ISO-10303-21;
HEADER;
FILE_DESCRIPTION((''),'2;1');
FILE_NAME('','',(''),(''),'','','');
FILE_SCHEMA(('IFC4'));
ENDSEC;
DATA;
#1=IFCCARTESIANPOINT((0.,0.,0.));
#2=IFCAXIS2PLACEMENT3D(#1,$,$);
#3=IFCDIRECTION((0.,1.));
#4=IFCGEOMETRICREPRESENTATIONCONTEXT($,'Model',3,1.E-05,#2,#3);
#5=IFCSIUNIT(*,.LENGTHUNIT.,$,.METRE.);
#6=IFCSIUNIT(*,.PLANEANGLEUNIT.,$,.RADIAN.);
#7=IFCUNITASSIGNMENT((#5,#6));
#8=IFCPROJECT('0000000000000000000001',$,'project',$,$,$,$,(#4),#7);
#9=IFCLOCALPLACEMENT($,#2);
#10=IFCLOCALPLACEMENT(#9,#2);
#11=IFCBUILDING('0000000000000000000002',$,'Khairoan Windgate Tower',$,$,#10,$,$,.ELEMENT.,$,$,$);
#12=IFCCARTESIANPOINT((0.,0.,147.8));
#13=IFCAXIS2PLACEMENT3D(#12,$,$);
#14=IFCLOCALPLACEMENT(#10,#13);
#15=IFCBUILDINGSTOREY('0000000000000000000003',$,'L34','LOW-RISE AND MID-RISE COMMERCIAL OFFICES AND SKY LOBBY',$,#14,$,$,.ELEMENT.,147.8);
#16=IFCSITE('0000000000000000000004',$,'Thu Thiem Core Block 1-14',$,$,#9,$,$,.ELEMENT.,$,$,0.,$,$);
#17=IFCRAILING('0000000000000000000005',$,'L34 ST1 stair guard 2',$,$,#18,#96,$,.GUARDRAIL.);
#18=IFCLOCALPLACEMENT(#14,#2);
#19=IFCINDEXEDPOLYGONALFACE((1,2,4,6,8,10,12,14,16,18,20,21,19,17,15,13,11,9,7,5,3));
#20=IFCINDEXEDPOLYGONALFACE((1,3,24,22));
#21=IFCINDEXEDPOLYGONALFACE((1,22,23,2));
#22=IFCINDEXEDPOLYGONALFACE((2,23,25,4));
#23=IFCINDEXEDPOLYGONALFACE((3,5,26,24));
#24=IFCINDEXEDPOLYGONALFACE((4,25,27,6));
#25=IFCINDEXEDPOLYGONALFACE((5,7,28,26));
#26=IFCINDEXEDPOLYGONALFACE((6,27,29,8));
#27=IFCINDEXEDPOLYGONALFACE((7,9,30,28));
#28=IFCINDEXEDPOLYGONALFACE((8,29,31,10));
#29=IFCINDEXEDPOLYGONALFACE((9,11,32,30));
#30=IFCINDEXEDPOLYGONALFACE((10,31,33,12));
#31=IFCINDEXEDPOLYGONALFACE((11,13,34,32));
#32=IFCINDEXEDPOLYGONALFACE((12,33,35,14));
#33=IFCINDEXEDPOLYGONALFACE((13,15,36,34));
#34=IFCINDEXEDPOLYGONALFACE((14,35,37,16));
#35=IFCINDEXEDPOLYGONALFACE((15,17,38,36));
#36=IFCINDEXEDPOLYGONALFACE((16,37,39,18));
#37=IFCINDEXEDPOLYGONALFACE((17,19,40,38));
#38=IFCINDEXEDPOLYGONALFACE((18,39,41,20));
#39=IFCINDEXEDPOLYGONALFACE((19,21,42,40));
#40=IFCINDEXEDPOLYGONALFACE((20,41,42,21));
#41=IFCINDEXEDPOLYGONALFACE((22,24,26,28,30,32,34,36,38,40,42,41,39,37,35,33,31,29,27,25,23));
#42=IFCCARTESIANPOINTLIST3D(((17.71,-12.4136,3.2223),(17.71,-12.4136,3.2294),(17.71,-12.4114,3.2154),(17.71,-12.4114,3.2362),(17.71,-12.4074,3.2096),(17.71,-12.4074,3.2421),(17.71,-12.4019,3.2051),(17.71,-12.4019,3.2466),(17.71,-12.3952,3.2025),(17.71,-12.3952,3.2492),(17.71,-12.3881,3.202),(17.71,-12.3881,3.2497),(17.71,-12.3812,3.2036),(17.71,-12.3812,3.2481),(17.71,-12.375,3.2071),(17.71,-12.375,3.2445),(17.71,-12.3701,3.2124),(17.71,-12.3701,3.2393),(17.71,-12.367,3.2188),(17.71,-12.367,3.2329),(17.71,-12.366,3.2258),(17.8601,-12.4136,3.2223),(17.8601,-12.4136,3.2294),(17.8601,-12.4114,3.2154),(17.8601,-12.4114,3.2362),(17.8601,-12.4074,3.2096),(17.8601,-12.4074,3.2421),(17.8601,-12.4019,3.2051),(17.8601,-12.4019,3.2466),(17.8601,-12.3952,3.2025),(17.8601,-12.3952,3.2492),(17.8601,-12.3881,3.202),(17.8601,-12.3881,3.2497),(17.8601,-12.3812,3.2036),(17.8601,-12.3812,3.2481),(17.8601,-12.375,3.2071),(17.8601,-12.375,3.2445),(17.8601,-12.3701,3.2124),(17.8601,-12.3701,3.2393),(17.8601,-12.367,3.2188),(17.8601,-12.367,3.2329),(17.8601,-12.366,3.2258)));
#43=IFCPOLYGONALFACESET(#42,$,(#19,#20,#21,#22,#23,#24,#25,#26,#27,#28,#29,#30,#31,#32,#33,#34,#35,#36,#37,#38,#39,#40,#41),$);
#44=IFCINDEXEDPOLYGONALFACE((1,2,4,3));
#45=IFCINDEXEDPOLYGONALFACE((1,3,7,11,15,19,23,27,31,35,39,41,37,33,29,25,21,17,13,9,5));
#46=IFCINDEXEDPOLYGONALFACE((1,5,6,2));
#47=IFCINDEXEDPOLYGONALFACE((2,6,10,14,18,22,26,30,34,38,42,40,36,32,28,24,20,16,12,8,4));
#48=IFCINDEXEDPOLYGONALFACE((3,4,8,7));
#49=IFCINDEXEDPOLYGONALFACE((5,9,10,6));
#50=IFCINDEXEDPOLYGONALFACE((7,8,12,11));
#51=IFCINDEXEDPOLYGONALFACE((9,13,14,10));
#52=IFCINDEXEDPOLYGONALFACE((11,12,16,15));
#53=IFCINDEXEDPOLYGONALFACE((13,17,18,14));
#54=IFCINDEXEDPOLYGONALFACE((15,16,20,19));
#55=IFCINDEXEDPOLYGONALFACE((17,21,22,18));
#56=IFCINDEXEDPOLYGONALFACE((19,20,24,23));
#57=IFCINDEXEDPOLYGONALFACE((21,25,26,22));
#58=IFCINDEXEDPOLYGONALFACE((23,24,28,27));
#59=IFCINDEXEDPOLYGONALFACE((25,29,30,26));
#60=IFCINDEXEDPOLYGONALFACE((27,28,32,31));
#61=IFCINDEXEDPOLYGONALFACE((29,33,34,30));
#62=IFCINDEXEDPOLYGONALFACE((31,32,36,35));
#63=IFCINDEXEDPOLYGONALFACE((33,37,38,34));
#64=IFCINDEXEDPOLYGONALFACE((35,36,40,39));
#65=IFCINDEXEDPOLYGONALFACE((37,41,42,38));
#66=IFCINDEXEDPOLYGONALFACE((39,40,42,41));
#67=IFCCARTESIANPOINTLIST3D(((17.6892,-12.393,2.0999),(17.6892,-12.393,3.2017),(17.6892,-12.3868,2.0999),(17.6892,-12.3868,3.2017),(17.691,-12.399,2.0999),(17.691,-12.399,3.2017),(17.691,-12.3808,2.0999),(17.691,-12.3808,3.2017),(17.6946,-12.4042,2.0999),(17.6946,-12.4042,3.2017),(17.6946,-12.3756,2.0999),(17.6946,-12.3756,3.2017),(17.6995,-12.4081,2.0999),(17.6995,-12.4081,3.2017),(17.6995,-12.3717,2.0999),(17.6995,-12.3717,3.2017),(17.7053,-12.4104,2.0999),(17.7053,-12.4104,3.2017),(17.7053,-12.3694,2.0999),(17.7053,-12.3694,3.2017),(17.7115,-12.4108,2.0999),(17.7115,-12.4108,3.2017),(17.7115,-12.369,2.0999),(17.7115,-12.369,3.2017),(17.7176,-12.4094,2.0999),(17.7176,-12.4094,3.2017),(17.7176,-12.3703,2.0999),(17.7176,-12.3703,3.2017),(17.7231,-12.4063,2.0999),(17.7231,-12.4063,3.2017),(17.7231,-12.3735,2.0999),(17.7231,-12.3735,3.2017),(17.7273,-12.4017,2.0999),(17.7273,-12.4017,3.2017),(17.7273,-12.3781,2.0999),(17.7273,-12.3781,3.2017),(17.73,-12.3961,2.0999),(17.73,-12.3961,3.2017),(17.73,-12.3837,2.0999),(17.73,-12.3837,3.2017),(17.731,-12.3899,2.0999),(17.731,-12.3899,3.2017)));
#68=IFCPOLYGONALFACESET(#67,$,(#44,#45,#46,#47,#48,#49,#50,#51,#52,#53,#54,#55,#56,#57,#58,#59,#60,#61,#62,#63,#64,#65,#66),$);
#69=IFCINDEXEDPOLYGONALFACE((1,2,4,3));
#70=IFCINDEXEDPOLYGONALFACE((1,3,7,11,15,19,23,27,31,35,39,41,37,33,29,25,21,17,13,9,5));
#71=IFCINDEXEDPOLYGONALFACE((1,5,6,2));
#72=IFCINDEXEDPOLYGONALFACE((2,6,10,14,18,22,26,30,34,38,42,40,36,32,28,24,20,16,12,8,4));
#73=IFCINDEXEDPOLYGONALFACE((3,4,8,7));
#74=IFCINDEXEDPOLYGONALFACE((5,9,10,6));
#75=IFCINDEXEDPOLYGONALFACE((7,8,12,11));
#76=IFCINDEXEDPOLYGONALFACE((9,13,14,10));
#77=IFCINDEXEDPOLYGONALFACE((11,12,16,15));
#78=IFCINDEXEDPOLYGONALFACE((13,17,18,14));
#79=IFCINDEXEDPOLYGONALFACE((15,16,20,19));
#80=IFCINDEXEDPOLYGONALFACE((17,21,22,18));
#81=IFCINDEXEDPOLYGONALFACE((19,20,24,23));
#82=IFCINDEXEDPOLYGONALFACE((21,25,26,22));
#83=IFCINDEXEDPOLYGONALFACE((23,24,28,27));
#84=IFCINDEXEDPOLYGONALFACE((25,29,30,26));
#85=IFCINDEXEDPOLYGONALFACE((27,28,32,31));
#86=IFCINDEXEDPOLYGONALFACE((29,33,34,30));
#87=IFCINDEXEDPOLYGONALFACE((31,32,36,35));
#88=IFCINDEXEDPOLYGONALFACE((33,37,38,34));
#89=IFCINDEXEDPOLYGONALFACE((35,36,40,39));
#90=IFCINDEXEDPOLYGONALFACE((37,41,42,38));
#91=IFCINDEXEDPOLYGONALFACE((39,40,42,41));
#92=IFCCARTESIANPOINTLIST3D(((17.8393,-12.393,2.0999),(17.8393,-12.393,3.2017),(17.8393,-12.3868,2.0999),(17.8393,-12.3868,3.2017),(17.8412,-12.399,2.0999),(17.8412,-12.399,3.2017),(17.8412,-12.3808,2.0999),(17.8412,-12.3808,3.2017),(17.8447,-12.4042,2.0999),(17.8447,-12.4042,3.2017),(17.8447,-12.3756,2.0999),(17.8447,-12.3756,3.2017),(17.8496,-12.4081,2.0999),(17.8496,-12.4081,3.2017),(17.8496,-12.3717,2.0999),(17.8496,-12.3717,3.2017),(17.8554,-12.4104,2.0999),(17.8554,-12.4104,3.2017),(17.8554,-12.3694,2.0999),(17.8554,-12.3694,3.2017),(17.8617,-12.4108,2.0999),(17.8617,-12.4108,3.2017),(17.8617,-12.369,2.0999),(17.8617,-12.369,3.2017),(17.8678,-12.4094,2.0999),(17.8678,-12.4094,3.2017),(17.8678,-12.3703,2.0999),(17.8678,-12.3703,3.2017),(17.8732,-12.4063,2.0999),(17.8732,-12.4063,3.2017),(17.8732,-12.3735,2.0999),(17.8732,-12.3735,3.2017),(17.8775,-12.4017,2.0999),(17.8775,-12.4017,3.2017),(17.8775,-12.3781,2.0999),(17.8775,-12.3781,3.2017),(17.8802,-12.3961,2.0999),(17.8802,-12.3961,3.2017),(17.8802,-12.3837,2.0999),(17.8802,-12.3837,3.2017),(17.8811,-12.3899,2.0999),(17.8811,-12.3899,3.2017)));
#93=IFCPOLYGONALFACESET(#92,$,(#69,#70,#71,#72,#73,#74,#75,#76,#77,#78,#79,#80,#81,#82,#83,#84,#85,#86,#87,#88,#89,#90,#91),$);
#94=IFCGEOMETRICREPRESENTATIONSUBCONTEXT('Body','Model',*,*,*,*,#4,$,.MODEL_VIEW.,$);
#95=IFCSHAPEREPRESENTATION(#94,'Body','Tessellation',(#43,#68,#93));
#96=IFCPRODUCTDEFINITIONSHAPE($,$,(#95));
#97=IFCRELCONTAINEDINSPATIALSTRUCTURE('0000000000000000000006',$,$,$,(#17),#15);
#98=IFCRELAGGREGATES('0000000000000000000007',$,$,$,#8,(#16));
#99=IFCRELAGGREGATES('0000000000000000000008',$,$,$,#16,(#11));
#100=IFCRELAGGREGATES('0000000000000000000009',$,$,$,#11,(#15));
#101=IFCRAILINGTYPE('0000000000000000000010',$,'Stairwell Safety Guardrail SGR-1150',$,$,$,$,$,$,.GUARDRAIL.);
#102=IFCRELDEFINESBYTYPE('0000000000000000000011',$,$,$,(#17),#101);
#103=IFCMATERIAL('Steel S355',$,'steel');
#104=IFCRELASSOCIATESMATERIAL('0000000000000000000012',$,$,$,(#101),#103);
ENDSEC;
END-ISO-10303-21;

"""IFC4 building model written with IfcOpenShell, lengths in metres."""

from ifc_helpers import new_model, si_unit, direction, frame, origin, origin_2d, place, context, subcontext, project, spatial, circle, extrude, material, type_object, element, save


model = new_model("IFC4")

# Units and contexts
model_context = context("Model", 3, precision=1e-05, world=origin(), true_north=direction((0.0, 1.0)))
body_context = subcontext(model_context, "Body", "Model", "MODEL_VIEW")
ifc_project = project(units=[si_unit("LENGTHUNIT", "METRE"), si_unit("PLANEANGLEUNIT", "RADIAN")], contexts=[model_context])

# Site, building, storey
site_placement = place(None, origin())
site = spatial("IfcSite", under=ifc_project, at=site_placement, Name="Thu Thiem Core Block 1-14", CompositionType="ELEMENT", RefElevation=0.0)
building_placement = place(site_placement, origin())
building = spatial("IfcBuilding", under=site, at=building_placement, Name="Khairoan Windgate Tower", CompositionType="ELEMENT")
storey_placement = place(building_placement, frame((0.0, 0.0, 147.8)))
storey = spatial("IfcBuildingStorey", under=building, at=storey_placement, Name="L34", Description="LOW-RISE AND MID-RISE COMMERCIAL OFFICES AND SKY LOBBY", CompositionType="ELEMENT", Elevation=147.8)

# Railing
ifc_material_1 = material(Name="Steel S355", Category="steel")
railing_type_1 = type_object("IfcRailingType", Name="Stairwell Safety Guardrail SGR-1150", PredefinedType="GUARDRAIL", material=ifc_material_1)
railing_1_placement = place(storey_placement, frame((17.71, -12.3899, 2.0999)))
element("IfcRailing", 1, at=railing_1_placement, inside=storey, type_object=railing_type_1, Name="L34 ST1 stair guard 2", PredefinedType="GUARDRAIL", context=body_context, shape_type="SweptSolid", body=[
    extrude(circle(Radius=0.0239, at=origin_2d()), frame((0.0, 0.0, 1.126), z_axis=(1.0, 0.0, 0.0), x_axis=(0.0, 1.0, 0.0)), (0.0, 0.0, 1.0), 0.1501),
    extrude(circle(Radius=0.021, at=origin_2d()), origin(), (0.0, 0.0, 1.0), 1.1018),
    extrude(circle(Radius=0.021, at=origin_2d()), frame((0.1501, 0.0, 0.0)), (0.0, 0.0, 1.0), 1.1018),
])

save(model, "model.ifc")
